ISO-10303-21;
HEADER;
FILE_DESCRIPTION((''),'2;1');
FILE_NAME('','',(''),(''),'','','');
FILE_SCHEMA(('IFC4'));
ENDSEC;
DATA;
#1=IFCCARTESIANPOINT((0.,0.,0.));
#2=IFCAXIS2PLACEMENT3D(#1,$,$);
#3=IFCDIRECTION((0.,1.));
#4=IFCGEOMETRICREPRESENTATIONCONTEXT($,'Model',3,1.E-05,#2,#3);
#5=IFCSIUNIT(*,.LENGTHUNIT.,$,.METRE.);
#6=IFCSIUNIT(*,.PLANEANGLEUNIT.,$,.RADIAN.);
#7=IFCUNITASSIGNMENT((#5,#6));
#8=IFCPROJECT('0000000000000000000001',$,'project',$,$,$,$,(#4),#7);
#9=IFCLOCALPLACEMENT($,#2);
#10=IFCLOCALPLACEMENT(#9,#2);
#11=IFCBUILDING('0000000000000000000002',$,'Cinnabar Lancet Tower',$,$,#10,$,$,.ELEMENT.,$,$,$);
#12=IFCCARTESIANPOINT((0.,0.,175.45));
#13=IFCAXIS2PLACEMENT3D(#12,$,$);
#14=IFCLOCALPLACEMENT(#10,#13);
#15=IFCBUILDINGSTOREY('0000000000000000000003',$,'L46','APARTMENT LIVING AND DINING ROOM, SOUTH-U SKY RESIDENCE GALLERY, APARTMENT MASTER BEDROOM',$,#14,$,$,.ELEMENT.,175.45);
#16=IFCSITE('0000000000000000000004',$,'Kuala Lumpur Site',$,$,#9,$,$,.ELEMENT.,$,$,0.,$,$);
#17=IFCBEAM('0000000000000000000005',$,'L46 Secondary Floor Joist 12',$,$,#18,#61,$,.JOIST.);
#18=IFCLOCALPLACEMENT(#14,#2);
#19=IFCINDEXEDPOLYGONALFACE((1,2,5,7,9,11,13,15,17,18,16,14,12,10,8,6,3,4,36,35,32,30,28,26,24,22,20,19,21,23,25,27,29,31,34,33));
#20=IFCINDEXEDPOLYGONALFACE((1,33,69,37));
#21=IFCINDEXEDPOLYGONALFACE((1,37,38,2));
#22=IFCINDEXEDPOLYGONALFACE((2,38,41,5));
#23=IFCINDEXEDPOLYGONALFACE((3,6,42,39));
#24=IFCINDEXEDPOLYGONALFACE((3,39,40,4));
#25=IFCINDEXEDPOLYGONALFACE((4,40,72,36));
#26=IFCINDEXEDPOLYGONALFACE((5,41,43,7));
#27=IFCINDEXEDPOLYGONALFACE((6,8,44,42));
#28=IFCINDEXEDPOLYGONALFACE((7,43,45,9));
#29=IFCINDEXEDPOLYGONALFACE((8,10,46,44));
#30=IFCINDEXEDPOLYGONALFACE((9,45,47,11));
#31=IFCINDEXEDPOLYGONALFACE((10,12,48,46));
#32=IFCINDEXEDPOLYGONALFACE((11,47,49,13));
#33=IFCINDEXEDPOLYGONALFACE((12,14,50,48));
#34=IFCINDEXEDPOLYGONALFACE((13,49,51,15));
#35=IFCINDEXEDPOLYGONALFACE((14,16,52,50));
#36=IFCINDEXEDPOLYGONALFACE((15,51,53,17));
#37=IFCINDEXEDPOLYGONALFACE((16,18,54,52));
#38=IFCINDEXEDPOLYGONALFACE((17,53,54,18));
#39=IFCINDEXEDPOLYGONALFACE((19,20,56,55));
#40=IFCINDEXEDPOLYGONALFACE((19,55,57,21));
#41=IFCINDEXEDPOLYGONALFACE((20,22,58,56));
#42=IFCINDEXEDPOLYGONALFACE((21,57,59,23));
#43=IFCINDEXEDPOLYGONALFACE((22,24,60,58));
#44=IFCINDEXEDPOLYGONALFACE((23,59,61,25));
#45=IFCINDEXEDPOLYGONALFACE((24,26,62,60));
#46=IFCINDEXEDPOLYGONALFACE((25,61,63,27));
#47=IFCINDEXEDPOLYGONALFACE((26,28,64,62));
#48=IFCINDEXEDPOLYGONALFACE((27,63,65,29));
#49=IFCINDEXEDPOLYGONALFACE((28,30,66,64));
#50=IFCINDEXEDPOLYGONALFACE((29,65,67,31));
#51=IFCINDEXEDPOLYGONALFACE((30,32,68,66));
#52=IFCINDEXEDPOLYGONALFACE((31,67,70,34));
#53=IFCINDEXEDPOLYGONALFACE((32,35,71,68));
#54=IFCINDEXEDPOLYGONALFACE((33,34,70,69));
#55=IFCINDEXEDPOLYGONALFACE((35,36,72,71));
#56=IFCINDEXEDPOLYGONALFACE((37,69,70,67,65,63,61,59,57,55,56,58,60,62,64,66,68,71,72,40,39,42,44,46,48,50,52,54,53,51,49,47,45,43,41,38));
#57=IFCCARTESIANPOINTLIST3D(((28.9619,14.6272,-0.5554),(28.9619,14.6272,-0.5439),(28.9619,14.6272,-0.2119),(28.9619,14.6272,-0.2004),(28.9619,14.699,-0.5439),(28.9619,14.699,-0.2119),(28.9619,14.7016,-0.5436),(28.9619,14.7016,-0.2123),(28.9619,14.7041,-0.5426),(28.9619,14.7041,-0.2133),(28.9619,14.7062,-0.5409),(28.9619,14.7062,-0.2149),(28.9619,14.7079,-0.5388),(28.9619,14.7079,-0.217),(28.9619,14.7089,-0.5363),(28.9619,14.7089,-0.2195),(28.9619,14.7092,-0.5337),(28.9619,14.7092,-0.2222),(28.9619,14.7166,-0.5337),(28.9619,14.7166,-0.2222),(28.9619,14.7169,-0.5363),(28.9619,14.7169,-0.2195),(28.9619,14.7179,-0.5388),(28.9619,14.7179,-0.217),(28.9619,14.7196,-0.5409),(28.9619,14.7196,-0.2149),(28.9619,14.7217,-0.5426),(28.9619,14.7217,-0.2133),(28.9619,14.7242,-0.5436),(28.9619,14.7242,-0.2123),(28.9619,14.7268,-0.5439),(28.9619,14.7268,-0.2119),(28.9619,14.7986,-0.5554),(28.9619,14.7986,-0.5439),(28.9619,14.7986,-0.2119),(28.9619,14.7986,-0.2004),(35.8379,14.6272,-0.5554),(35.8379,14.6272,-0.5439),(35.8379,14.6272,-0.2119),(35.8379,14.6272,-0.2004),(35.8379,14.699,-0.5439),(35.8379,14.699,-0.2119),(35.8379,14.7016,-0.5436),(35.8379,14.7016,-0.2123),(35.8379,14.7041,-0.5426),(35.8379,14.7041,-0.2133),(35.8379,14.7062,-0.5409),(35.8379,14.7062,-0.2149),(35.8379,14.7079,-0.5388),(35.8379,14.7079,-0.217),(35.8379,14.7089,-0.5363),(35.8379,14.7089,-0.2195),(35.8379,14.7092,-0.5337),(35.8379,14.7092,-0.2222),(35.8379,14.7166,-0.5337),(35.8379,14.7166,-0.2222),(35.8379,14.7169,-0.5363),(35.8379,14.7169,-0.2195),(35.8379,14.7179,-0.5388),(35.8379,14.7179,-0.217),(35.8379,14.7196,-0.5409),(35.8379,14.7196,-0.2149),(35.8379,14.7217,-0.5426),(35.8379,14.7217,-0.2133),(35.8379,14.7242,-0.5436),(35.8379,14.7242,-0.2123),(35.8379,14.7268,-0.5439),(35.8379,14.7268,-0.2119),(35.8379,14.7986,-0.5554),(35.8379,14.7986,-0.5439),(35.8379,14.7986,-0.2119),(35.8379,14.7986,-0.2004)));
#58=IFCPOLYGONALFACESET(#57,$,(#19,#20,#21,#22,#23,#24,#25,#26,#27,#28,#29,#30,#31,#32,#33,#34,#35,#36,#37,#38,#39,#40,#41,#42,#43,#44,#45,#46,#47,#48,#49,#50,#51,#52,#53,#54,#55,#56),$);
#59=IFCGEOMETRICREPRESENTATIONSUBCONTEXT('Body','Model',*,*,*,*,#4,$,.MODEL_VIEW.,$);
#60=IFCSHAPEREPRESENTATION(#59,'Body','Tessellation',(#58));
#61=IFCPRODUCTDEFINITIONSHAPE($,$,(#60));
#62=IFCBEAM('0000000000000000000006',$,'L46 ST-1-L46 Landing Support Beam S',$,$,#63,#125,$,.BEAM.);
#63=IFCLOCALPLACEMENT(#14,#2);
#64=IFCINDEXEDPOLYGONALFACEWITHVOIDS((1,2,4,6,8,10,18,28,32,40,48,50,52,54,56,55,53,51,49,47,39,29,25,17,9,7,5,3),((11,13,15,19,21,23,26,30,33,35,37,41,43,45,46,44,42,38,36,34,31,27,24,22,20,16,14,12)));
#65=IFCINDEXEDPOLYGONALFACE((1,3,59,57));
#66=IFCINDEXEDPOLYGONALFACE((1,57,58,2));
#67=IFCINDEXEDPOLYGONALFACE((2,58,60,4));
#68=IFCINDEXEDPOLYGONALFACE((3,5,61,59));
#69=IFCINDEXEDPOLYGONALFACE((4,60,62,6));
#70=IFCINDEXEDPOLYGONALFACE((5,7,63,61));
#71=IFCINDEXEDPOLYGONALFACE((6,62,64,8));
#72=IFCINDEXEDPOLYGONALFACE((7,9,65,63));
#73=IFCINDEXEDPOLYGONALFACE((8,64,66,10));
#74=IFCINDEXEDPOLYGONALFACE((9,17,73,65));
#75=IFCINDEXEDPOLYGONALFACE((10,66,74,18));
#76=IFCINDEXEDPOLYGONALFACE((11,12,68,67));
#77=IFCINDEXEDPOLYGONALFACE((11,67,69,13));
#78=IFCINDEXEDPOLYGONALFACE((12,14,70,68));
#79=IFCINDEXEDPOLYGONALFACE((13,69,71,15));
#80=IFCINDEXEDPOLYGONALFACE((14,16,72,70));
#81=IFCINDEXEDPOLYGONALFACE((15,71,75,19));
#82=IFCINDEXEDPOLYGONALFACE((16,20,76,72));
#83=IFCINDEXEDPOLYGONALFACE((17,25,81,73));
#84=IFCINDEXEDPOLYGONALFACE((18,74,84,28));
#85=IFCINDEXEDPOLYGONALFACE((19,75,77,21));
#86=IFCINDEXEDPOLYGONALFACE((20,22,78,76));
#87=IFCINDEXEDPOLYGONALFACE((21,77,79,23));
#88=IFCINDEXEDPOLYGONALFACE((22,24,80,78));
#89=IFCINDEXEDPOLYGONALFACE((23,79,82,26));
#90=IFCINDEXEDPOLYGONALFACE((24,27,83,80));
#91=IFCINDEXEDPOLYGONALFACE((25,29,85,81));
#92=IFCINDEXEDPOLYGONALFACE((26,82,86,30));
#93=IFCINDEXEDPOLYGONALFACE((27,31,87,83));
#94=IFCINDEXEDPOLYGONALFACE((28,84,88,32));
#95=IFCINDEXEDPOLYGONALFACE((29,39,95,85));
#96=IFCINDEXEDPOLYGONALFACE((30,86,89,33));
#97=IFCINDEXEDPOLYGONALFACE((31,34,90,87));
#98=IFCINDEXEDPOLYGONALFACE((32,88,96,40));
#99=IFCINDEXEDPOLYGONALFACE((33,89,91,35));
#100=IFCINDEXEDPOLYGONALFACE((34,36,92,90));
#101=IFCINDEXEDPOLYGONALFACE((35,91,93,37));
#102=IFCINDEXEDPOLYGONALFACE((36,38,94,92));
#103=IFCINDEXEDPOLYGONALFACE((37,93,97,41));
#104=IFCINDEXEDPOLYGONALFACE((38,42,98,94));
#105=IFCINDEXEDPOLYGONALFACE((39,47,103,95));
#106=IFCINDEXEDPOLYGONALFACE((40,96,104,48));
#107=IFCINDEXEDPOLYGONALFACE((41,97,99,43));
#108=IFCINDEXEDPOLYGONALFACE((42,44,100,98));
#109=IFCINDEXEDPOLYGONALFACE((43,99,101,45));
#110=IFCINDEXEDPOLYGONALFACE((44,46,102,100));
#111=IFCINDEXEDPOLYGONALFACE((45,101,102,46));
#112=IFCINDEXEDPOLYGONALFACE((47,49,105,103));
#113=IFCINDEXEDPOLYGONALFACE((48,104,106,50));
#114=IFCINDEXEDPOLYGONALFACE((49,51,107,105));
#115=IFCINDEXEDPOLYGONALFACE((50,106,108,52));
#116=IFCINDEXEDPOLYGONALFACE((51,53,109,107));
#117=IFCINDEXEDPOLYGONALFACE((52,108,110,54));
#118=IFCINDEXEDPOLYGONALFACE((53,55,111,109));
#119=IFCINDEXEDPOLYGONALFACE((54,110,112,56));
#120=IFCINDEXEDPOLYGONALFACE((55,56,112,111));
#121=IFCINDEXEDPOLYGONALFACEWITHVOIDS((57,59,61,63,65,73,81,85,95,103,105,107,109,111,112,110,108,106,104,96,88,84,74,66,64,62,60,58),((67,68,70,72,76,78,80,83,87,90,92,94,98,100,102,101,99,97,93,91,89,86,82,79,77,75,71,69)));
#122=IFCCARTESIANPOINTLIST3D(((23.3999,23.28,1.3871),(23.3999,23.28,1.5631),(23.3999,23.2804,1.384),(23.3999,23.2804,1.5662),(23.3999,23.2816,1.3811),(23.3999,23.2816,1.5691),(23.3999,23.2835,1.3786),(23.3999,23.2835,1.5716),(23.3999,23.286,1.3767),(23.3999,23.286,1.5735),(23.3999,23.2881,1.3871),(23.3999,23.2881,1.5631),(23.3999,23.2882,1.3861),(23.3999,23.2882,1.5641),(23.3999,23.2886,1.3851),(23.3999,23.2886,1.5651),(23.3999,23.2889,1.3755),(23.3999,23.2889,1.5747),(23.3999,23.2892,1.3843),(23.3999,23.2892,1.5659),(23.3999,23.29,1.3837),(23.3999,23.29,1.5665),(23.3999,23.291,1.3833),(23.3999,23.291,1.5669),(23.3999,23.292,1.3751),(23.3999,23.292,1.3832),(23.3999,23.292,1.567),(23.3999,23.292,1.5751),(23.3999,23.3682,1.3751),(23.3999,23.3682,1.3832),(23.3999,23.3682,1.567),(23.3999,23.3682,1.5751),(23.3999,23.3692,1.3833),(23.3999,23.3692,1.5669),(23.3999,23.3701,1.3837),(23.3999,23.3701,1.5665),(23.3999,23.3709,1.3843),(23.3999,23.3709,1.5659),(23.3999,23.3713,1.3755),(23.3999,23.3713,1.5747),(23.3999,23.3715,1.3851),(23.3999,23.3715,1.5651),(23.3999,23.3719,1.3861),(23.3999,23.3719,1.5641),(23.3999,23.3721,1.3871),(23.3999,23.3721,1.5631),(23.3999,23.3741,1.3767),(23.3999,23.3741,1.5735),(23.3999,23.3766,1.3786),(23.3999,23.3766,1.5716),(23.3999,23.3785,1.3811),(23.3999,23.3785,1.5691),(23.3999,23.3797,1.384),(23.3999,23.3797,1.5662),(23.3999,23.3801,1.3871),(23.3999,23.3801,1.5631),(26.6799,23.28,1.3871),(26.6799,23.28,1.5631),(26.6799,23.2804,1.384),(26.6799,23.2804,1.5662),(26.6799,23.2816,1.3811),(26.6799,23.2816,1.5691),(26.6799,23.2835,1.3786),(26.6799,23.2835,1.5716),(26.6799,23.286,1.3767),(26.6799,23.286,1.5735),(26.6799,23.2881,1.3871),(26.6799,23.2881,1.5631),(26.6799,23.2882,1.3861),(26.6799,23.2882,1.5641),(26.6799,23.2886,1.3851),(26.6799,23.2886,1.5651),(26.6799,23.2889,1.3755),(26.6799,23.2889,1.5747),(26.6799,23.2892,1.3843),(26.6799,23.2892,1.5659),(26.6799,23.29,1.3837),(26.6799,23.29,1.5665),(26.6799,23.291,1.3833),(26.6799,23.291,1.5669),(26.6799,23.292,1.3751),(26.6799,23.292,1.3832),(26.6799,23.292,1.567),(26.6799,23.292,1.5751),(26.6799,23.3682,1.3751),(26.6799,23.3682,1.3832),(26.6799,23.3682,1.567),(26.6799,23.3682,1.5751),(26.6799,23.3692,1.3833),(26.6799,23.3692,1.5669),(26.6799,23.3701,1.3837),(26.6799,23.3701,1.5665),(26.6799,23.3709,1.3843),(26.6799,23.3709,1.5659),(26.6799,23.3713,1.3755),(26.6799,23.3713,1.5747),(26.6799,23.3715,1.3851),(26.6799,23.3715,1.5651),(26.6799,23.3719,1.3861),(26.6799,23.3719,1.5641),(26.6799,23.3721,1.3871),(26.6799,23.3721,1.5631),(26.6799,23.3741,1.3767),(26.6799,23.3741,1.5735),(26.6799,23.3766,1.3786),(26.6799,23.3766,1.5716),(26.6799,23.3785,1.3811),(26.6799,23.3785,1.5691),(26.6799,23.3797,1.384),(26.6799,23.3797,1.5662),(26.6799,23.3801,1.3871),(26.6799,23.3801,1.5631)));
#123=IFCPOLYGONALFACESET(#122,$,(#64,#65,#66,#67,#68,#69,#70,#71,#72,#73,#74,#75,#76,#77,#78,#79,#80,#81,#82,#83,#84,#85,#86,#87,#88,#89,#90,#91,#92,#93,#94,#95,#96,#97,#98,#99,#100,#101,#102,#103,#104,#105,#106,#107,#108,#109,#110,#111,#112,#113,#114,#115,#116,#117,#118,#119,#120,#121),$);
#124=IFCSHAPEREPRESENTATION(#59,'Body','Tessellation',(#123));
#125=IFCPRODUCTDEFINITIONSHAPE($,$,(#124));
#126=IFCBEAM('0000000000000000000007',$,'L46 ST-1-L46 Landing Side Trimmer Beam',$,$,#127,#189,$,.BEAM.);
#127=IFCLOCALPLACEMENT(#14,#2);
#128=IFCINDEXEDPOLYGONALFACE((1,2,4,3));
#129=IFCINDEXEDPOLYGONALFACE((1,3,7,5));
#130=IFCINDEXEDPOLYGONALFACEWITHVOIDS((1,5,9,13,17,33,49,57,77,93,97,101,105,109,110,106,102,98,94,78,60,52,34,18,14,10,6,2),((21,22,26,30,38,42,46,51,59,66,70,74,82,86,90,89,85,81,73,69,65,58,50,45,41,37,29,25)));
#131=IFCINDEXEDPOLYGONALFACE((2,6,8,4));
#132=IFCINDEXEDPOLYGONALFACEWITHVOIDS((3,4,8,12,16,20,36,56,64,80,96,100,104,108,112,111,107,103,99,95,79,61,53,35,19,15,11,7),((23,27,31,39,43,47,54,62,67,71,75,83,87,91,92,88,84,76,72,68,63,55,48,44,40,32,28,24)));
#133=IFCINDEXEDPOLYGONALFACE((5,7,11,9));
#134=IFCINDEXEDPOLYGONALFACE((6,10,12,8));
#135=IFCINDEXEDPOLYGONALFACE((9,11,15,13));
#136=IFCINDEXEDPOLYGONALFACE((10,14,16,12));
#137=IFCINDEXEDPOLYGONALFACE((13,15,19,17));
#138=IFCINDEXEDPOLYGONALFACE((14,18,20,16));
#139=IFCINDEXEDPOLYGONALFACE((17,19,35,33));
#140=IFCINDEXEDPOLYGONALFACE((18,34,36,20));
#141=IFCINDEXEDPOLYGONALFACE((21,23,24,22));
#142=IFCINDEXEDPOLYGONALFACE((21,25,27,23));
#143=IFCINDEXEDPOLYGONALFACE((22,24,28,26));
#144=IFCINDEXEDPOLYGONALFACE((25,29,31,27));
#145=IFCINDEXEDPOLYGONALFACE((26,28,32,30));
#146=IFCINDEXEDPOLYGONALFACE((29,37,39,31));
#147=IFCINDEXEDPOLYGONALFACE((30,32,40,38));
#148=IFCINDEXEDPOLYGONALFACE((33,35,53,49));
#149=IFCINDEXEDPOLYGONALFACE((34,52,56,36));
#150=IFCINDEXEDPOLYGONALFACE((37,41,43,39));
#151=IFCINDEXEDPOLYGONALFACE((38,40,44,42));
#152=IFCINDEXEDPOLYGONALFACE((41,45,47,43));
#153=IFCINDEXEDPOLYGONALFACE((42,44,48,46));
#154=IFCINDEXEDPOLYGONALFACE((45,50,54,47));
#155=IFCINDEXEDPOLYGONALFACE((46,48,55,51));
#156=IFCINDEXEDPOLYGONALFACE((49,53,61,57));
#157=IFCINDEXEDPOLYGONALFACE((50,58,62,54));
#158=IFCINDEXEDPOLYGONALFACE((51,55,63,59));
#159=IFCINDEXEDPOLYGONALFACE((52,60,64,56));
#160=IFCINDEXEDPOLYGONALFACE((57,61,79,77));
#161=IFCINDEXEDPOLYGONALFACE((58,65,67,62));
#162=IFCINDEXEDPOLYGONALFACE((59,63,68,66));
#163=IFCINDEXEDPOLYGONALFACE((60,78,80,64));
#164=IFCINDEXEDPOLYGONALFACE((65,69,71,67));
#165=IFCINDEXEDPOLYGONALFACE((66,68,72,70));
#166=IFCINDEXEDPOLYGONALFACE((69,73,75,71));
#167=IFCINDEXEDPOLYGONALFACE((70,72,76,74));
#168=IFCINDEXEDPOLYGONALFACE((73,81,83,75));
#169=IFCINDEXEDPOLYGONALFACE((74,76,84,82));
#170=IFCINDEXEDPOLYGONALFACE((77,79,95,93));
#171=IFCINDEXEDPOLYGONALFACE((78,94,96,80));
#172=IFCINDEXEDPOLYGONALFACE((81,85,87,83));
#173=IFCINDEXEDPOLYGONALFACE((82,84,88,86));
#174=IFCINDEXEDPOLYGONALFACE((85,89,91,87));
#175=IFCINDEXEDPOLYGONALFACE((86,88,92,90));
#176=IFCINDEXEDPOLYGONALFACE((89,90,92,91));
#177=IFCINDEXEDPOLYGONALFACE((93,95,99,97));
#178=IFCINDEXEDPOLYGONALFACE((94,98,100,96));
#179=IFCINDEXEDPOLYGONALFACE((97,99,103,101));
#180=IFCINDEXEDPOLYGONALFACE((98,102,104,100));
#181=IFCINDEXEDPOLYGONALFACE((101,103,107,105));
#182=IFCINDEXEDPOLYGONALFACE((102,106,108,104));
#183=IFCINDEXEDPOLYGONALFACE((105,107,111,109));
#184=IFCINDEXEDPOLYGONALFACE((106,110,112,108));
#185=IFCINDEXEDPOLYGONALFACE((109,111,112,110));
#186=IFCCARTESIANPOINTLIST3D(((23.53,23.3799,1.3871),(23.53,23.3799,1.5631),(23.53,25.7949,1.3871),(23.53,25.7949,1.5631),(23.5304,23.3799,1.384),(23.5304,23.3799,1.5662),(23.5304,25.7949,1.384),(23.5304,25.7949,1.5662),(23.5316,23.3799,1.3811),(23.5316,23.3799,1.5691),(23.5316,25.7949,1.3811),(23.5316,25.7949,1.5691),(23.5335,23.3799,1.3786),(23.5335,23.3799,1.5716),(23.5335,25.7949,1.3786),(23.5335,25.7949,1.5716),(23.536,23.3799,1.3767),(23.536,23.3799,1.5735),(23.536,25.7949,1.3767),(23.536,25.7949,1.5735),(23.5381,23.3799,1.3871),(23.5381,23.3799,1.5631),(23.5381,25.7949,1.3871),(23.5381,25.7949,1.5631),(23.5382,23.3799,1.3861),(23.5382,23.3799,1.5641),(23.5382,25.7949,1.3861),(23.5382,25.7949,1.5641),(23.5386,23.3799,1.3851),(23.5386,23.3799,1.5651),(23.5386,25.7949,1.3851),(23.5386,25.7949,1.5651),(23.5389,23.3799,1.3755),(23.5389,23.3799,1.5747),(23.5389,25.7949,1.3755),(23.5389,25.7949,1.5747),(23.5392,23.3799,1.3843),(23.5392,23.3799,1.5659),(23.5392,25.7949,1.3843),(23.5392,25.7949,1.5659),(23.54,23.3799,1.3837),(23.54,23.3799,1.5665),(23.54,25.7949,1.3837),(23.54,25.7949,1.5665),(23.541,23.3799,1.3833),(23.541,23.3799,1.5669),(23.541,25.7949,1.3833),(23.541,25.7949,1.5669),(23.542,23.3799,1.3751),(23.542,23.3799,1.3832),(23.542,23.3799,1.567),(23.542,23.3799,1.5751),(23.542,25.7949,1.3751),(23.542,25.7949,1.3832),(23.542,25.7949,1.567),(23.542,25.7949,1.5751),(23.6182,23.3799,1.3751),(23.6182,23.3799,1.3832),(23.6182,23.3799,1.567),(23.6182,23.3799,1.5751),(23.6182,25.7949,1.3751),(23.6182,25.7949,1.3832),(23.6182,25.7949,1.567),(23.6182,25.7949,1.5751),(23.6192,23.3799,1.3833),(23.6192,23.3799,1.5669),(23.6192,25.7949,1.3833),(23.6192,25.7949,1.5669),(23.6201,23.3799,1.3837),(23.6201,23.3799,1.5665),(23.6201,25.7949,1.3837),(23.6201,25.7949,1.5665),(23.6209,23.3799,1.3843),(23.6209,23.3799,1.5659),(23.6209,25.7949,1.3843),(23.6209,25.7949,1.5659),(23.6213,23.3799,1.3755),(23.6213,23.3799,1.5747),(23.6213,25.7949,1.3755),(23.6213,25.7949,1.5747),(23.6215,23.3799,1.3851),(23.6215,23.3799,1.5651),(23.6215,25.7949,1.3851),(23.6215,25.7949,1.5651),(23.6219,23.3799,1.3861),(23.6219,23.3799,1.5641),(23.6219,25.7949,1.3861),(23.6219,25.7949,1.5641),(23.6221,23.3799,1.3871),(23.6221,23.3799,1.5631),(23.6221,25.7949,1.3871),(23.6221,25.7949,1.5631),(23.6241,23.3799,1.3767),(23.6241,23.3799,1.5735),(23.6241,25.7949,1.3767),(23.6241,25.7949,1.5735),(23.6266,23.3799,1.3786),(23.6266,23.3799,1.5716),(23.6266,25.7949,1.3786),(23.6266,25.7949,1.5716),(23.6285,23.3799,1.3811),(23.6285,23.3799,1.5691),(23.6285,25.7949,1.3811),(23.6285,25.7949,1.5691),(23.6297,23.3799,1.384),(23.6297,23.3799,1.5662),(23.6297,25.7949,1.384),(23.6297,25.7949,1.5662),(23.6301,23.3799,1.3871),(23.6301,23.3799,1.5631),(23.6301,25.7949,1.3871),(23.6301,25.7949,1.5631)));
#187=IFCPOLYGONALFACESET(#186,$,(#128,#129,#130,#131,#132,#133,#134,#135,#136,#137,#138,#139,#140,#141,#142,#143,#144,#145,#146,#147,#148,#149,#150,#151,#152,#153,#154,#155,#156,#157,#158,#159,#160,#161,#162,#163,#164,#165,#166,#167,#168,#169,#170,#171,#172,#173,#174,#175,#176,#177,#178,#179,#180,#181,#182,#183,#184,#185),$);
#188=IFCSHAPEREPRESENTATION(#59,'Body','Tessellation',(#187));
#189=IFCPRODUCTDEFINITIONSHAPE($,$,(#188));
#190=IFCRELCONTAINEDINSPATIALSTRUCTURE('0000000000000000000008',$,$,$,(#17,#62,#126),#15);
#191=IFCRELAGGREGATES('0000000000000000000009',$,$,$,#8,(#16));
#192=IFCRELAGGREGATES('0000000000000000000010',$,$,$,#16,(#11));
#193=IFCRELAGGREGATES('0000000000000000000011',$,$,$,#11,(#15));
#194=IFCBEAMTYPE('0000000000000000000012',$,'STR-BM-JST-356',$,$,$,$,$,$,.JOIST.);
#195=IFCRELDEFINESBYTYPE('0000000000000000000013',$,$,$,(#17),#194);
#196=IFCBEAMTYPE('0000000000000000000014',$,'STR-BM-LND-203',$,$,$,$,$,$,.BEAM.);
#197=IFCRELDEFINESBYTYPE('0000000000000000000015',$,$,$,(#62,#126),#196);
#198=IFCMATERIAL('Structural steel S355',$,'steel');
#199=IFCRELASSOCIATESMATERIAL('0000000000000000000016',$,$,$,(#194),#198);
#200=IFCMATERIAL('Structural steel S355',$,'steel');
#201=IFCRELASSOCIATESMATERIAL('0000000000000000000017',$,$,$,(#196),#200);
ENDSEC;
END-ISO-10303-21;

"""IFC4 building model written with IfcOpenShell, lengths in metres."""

from ifc_helpers import new_model, si_unit, direction, frame, origin, origin_2d, place, context, subcontext, project, spatial, hollow_rectangle, i_section, extrude, material, material_profile, profile_set, type_object, element, save


model = new_model("IFC4")

# Units and contexts
model_context = context("Model", 3, precision=1e-05, world=origin(), true_north=direction((0.0, 1.0)))
body_context = subcontext(model_context, "Body", "Model", "MODEL_VIEW")
ifc_project = project(units=[si_unit("LENGTHUNIT", "METRE"), si_unit("PLANEANGLEUNIT", "RADIAN")], contexts=[model_context])

# Site, building, storey
site_placement = place(None, origin())
site = spatial("IfcSite", under=ifc_project, at=site_placement, Name="Kuala Lumpur Site", CompositionType="ELEMENT", RefElevation=0.0)
building_placement = place(site_placement, origin())
building = spatial("IfcBuilding", under=site, at=building_placement, Name="Cinnabar Lancet Tower", CompositionType="ELEMENT")
storey_placement = place(building_placement, frame((0.0, 0.0, 175.45)))
storey = spatial("IfcBuildingStorey", under=building, at=storey_placement, Name="L46", Description="APARTMENT LIVING AND DINING ROOM, SOUTH-U SKY RESIDENCE GALLERY, APARTMENT MASTER BEDROOM", CompositionType="ELEMENT", Elevation=175.45)

# Beams
ifc_material_1 = material(Name="Structural steel S355", Category="steel")
ifc_material_profile_1 = material_profile(ifc_material_1, i_section(OverallWidth=0.1714, OverallDepth=0.355, WebThickness=0.0073, FlangeThickness=0.0115, FilletRadius=0.0103, at=origin_2d()), Name="UKB 356x171x51")
ifc_profile_set_1 = profile_set([ifc_material_profile_1], Name="Structural steel S355")
beam_type_1 = type_object("IfcBeamType", Name="STR-BM-JST-356", PredefinedType="JOIST", material=ifc_profile_set_1)
beam_1_placement = place(storey_placement, frame((28.9619, 14.7129, -0.3779), z_axis=(1.0, 0.0, 0.0), x_axis=(0.0, 1.0, 0.0)))
element("IfcBeam", 1, at=beam_1_placement, inside=storey, type_object=beam_type_1, Name="L46 Secondary Floor Joist 12", PredefinedType="JOIST", context=body_context, shape_type="SweptSolid", body=[
    extrude(i_section(OverallWidth=0.1714, OverallDepth=0.355, WebThickness=0.0073, FlangeThickness=0.0115, FilletRadius=0.0103, at=origin_2d()), origin(), (0.0, 0.0, 1.0), 6.876),
])
ifc_material_2 = material(Name="Structural steel S355", Category="steel")
ifc_material_profile_2 = material_profile(ifc_material_2, hollow_rectangle(XDim=0.1001, YDim=0.2, WallThickness=0.0081, InnerFilletRadius=0.0039, OuterFilletRadius=0.012, at=origin_2d()), Name="RHS 200x100x8")
ifc_profile_set_2 = profile_set([ifc_material_profile_2], Name="Structural steel S355")
beam_type_2 = type_object("IfcBeamType", Name="STR-BM-LND-203", PredefinedType="BEAM", material=ifc_profile_set_2)
beam_2_placement = place(storey_placement, frame((23.3999, 23.3301, 1.4751), z_axis=(1.0, 0.0, 0.0), x_axis=(0.0, 1.0, 0.0)))
element("IfcBeam", 2, at=beam_2_placement, inside=storey, type_object=beam_type_2, Name="L46 ST-1-L46 Landing Support Beam S", PredefinedType="BEAM", context=body_context, shape_type="SweptSolid", body=[
    extrude(hollow_rectangle(XDim=0.1001, YDim=0.2, WallThickness=0.0081, InnerFilletRadius=0.0039, OuterFilletRadius=0.012, at=origin_2d()), origin(), (0.0, 0.0, 1.0), 3.28),
])
beam_3_placement = place(storey_placement, frame((23.5801, 23.3799, 1.4751), z_axis=(0.0, 1.0, 0.0), x_axis=(-1.0, 0.0, 0.0)))
element("IfcBeam", 3, at=beam_3_placement, inside=storey, type_object=beam_type_2, Name="L46 ST-1-L46 Landing Side Trimmer Beam", PredefinedType="BEAM", context=body_context, shape_type="SweptSolid", body=[
    extrude(hollow_rectangle(XDim=0.1001, YDim=0.2, WallThickness=0.0081, InnerFilletRadius=0.0039, OuterFilletRadius=0.012, at=origin_2d()), origin(), (0.0, 0.0, 1.0), 2.415),
])

save(model, "model.ifc")
